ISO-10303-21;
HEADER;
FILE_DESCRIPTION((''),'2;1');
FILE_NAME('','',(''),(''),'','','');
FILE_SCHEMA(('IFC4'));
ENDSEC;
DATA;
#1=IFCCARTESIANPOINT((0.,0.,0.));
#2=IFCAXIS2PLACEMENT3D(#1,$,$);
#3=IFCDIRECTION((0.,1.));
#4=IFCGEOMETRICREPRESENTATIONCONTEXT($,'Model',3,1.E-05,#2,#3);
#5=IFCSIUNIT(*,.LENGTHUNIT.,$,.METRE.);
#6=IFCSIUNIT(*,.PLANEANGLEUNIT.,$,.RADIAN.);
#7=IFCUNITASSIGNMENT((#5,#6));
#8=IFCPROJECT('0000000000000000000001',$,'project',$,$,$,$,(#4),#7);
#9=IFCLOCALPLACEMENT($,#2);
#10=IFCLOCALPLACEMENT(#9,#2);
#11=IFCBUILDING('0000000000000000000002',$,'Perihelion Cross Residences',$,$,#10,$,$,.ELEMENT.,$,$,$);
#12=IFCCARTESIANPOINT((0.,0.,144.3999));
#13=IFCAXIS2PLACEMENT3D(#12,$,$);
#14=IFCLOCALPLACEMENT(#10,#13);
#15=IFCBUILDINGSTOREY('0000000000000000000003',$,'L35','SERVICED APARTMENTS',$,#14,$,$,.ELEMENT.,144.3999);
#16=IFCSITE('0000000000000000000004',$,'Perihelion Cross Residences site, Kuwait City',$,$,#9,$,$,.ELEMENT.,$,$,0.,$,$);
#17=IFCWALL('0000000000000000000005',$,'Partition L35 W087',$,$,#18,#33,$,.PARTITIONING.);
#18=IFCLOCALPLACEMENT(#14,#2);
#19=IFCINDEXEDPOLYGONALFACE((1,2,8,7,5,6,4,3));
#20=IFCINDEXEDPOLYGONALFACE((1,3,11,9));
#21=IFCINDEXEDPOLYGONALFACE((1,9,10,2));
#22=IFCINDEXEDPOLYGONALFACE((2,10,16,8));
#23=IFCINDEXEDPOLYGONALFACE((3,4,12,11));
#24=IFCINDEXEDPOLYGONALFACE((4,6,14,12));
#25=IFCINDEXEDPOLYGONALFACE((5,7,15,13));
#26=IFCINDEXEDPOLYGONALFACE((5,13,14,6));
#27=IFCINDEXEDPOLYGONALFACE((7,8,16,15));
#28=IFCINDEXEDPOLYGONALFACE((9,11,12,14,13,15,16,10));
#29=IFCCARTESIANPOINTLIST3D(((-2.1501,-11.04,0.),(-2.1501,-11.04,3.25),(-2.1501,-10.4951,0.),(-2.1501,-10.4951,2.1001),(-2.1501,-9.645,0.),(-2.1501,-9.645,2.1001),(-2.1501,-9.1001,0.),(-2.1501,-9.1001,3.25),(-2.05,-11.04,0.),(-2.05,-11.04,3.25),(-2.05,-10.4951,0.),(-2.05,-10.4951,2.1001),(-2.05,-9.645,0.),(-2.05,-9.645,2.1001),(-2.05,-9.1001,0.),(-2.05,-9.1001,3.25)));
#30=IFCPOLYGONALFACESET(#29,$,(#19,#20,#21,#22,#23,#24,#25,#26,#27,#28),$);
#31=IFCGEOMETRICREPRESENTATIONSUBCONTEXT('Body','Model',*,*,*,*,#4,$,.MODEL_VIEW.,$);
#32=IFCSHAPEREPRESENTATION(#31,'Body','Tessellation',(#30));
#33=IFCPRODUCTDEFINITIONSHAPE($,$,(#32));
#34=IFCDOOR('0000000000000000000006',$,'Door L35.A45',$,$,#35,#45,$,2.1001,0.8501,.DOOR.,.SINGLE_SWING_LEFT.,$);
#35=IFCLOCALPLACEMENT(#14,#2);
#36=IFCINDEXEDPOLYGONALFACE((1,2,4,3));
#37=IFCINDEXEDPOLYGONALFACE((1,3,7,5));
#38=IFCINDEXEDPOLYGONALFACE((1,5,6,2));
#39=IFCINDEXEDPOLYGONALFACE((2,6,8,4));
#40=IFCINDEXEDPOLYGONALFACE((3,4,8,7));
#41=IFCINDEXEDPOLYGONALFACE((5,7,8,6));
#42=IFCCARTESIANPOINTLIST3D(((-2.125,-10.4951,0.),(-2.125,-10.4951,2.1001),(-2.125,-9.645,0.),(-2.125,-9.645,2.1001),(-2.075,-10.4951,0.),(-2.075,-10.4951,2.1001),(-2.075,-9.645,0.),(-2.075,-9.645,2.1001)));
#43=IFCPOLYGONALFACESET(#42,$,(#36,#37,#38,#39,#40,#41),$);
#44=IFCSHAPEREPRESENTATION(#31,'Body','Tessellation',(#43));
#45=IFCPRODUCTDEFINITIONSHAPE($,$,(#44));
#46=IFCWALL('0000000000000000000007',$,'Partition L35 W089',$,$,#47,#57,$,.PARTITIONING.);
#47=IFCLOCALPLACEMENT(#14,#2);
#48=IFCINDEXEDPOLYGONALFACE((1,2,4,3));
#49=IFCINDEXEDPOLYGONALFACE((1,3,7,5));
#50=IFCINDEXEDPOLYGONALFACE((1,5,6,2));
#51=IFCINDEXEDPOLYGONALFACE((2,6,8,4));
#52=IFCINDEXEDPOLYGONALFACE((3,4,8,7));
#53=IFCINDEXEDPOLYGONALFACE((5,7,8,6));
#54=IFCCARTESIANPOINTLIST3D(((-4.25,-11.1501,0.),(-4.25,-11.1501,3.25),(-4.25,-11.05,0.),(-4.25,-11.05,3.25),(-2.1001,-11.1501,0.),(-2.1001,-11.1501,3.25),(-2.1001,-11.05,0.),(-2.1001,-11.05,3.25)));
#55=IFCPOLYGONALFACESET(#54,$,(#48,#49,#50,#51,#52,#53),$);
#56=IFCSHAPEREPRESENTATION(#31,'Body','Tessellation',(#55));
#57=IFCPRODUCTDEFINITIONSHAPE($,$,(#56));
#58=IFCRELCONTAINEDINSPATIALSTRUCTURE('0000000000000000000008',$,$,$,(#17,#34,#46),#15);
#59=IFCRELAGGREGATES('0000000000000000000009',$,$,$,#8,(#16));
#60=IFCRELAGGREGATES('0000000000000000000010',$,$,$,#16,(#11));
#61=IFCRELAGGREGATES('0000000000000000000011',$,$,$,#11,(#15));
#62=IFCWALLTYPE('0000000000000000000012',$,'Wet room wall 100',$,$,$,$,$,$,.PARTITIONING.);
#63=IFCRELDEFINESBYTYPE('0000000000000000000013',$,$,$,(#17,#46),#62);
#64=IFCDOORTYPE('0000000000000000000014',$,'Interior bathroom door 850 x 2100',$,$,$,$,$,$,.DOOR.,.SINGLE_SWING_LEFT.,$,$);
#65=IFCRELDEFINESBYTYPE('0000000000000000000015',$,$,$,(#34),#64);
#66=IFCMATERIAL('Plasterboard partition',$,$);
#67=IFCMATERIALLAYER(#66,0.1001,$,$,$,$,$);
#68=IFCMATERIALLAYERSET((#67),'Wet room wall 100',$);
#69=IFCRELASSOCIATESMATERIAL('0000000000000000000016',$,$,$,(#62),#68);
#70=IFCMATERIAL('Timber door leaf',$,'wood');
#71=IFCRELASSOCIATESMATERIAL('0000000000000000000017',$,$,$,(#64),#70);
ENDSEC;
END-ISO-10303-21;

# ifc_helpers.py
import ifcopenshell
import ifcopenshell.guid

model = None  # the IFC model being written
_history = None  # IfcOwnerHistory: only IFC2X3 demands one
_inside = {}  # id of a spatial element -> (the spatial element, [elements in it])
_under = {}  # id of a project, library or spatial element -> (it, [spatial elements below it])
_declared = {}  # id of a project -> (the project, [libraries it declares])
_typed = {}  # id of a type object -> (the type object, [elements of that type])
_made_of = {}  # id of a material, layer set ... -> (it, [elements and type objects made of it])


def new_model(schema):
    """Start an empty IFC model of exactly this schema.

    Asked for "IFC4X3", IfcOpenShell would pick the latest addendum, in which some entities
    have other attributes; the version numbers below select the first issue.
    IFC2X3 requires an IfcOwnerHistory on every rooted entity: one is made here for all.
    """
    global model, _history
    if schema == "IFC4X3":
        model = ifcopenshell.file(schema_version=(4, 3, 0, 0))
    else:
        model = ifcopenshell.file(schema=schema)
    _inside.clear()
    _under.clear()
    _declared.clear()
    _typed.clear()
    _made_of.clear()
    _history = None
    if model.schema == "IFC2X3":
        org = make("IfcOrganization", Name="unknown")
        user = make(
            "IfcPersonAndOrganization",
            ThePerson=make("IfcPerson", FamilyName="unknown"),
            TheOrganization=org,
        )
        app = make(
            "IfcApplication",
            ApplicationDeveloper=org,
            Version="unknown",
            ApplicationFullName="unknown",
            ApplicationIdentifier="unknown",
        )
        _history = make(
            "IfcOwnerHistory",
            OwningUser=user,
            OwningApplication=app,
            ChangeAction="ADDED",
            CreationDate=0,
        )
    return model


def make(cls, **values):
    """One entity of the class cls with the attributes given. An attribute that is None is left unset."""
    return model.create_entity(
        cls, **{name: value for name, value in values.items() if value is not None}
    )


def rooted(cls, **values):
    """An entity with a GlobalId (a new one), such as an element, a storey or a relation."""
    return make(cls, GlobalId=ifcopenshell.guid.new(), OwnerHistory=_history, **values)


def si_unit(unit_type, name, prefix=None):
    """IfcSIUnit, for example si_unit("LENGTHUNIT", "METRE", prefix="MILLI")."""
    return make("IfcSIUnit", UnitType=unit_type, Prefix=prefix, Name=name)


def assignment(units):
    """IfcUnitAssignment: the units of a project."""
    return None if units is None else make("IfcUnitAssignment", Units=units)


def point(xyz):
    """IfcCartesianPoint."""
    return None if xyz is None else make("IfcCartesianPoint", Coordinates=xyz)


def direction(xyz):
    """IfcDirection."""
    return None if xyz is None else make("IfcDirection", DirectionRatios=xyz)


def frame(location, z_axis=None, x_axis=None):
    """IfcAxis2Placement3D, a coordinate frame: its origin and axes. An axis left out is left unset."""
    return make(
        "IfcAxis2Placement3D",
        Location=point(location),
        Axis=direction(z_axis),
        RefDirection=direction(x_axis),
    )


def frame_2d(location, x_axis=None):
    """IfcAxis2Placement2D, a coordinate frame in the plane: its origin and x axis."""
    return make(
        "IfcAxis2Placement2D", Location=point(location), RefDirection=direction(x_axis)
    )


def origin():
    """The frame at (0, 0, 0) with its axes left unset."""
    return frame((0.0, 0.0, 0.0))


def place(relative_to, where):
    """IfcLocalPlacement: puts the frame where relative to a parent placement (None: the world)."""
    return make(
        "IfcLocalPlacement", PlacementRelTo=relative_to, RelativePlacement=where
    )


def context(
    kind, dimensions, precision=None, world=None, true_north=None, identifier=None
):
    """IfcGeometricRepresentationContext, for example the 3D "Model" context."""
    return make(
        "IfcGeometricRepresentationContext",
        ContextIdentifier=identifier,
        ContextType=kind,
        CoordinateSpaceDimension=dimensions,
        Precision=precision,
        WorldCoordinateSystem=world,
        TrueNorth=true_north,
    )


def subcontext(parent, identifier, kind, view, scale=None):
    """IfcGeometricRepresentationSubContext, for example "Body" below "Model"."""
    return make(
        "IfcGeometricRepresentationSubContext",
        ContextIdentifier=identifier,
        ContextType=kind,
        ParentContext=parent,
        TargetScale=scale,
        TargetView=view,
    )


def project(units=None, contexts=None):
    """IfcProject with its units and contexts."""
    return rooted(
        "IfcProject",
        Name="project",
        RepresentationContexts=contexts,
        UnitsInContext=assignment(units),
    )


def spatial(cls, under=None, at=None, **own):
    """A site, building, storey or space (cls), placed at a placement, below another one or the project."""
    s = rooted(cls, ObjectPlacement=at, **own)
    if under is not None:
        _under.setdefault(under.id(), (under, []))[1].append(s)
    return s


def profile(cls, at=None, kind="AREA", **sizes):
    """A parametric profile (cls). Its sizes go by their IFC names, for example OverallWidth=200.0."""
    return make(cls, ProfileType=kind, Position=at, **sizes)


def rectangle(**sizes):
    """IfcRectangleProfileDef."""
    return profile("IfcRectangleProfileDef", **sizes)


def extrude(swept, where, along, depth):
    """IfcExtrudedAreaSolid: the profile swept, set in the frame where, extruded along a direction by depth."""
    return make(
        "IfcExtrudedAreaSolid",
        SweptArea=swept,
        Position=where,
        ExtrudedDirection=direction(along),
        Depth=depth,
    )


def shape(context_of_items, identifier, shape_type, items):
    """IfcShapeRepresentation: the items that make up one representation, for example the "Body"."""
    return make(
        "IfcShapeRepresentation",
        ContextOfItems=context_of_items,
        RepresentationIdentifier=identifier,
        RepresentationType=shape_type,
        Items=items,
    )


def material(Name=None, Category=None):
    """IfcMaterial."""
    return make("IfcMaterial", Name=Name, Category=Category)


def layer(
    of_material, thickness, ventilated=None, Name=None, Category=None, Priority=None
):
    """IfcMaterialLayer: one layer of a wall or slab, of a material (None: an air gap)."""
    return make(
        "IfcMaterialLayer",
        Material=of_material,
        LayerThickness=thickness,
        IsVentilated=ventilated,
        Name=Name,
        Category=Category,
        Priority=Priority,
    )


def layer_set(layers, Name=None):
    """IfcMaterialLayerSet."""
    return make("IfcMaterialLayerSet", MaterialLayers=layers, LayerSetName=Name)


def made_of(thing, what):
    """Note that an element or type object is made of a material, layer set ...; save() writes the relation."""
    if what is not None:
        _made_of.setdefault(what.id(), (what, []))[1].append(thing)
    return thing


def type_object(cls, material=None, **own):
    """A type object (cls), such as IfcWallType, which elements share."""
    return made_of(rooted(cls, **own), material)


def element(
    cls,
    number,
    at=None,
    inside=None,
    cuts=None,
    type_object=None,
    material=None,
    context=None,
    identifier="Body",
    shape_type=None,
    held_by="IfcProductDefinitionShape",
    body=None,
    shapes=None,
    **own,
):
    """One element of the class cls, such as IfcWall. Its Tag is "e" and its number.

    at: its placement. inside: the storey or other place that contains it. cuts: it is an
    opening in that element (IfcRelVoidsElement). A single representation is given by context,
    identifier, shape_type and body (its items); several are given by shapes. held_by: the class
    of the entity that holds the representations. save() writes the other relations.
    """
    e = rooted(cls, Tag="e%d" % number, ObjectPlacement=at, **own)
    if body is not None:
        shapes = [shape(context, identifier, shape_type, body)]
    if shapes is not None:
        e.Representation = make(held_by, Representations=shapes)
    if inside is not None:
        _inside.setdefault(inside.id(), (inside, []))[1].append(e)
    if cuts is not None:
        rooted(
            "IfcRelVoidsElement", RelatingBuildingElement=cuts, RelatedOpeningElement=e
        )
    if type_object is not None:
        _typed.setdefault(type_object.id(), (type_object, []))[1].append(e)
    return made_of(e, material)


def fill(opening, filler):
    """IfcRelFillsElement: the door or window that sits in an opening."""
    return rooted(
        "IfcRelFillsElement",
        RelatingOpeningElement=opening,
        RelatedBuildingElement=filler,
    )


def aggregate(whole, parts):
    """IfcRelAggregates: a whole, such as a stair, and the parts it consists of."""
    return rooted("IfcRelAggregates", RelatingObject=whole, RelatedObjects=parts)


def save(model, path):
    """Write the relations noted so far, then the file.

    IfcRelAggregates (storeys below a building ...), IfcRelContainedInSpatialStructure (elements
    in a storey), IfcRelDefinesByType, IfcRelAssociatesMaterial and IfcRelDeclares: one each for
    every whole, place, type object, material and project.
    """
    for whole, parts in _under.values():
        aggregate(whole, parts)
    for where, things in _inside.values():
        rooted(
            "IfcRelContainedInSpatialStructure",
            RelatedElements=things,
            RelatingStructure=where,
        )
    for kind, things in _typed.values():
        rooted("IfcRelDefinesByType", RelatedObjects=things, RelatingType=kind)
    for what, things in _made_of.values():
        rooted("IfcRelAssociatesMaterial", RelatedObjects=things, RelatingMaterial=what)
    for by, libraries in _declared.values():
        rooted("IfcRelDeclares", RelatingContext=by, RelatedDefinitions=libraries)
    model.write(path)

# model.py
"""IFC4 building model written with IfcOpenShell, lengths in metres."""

from ifc_helpers import new_model, si_unit, direction, frame, frame_2d, origin, place, context, subcontext, project, spatial, rectangle, extrude, material, layer, layer_set, type_object, element, fill, save


model = new_model("IFC4")

# Units and contexts
model_context = context("Model", 3, precision=1e-05, world=origin(), true_north=direction((0.0, 1.0)))
body_context = subcontext(model_context, "Body", "Model", "MODEL_VIEW")
ifc_project = project(units=[si_unit("LENGTHUNIT", "METRE"), si_unit("PLANEANGLEUNIT", "RADIAN")], contexts=[model_context])

# Site, building, storey
site_placement = place(None, origin())
site = spatial("IfcSite", under=ifc_project, at=site_placement, Name="Perihelion Cross Residences site, Kuwait City", CompositionType="ELEMENT", RefElevation=0.0)
building_placement = place(site_placement, origin())
building = spatial("IfcBuilding", under=site, at=building_placement, Name="Perihelion Cross Residences", CompositionType="ELEMENT")
storey_placement = place(building_placement, frame((0.0, 0.0, 144.3999)))
storey = spatial("IfcBuildingStorey", under=building, at=storey_placement, Name="L35", Description="SERVICED APARTMENTS", CompositionType="ELEMENT", Elevation=144.3999)

# Wall, opening, door
ifc_material_1 = material(Name="Plasterboard partition")
ifc_layer_1 = layer(ifc_material_1, 0.1001)
ifc_layer_set_1 = layer_set([ifc_layer_1], Name="Wet room wall 100")
wall_type_1 = type_object("IfcWallType", Name="Wet room wall 100", PredefinedType="PARTITIONING", material=ifc_layer_set_1)
wall_1_placement = place(storey_placement, frame((-2.1001, -11.04, 0.0), z_axis=(0.0, 0.0, 1.0), x_axis=(0.0, 1.0, 0.0)))
wall_1 = element("IfcWall", 1, at=wall_1_placement, inside=storey, type_object=wall_type_1, Name="Partition L35 W087", PredefinedType="PARTITIONING", context=body_context, shape_type="SweptSolid", body=[
    extrude(rectangle(XDim=1.9399, YDim=0.1001, at=frame_2d((0.97, 0.0))), origin(), (0.0, 0.0, 1.0), 3.25),
])
opening_1_placement = place(wall_1_placement, frame((0.5449, 0.0, 0.0)))
opening_1 = element("IfcOpeningElement", 2, at=opening_1_placement, cuts=wall_1, PredefinedType="OPENING", context=body_context, shape_type="SweptSolid", body=[
    extrude(rectangle(XDim=0.8501, YDim=2.1001, at=frame_2d((0.425, 1.05))), frame((0.0, 0.0601, 0.0), z_axis=(0.0, -1.0, 0.0), x_axis=(1.0, 0.0, 0.0)), (0.0, 0.0, 1.0), 0.1201),
])
ifc_material_2 = material(Name="Timber door leaf", Category="wood")
door_type_1 = type_object("IfcDoorType", Name="Interior bathroom door 850 x 2100", OperationType="SINGLE_SWING_LEFT", PredefinedType="DOOR", material=ifc_material_2)
door_1_placement = place(opening_1_placement, origin())
door_1 = element("IfcDoor", 3, at=door_1_placement, inside=storey, type_object=door_type_1, Name="Door L35.A45", OperationType="SINGLE_SWING_LEFT", OverallHeight=2.1001, OverallWidth=0.8501, PredefinedType="DOOR", context=body_context, shape_type="SweptSolid", body=[
    extrude(rectangle(XDim=0.8501, YDim=2.1001, at=frame_2d((0.425, 1.05))), frame((0.0, 0.0249, 0.0), z_axis=(0.0, -1.0, 0.0), x_axis=(1.0, 0.0, 0.0)), (0.0, 0.0, 1.0), 0.05),
])
fill(opening_1, door_1)

# Wall
wall_2_placement = place(storey_placement, frame((-2.1001, -11.1001, 0.0), z_axis=(0.0, 0.0, 1.0), x_axis=(-1.0, 0.0, 0.0)))
element("IfcWall", 4, at=wall_2_placement, inside=storey, type_object=wall_type_1, Name="Partition L35 W089", PredefinedType="PARTITIONING", context=body_context, shape_type="SweptSolid", body=[
    extrude(rectangle(XDim=2.1499, YDim=0.1001, at=frame_2d((1.075, 0.0))), origin(), (0.0, 0.0, 1.0), 3.25),
])

save(model, "model.ifc")
